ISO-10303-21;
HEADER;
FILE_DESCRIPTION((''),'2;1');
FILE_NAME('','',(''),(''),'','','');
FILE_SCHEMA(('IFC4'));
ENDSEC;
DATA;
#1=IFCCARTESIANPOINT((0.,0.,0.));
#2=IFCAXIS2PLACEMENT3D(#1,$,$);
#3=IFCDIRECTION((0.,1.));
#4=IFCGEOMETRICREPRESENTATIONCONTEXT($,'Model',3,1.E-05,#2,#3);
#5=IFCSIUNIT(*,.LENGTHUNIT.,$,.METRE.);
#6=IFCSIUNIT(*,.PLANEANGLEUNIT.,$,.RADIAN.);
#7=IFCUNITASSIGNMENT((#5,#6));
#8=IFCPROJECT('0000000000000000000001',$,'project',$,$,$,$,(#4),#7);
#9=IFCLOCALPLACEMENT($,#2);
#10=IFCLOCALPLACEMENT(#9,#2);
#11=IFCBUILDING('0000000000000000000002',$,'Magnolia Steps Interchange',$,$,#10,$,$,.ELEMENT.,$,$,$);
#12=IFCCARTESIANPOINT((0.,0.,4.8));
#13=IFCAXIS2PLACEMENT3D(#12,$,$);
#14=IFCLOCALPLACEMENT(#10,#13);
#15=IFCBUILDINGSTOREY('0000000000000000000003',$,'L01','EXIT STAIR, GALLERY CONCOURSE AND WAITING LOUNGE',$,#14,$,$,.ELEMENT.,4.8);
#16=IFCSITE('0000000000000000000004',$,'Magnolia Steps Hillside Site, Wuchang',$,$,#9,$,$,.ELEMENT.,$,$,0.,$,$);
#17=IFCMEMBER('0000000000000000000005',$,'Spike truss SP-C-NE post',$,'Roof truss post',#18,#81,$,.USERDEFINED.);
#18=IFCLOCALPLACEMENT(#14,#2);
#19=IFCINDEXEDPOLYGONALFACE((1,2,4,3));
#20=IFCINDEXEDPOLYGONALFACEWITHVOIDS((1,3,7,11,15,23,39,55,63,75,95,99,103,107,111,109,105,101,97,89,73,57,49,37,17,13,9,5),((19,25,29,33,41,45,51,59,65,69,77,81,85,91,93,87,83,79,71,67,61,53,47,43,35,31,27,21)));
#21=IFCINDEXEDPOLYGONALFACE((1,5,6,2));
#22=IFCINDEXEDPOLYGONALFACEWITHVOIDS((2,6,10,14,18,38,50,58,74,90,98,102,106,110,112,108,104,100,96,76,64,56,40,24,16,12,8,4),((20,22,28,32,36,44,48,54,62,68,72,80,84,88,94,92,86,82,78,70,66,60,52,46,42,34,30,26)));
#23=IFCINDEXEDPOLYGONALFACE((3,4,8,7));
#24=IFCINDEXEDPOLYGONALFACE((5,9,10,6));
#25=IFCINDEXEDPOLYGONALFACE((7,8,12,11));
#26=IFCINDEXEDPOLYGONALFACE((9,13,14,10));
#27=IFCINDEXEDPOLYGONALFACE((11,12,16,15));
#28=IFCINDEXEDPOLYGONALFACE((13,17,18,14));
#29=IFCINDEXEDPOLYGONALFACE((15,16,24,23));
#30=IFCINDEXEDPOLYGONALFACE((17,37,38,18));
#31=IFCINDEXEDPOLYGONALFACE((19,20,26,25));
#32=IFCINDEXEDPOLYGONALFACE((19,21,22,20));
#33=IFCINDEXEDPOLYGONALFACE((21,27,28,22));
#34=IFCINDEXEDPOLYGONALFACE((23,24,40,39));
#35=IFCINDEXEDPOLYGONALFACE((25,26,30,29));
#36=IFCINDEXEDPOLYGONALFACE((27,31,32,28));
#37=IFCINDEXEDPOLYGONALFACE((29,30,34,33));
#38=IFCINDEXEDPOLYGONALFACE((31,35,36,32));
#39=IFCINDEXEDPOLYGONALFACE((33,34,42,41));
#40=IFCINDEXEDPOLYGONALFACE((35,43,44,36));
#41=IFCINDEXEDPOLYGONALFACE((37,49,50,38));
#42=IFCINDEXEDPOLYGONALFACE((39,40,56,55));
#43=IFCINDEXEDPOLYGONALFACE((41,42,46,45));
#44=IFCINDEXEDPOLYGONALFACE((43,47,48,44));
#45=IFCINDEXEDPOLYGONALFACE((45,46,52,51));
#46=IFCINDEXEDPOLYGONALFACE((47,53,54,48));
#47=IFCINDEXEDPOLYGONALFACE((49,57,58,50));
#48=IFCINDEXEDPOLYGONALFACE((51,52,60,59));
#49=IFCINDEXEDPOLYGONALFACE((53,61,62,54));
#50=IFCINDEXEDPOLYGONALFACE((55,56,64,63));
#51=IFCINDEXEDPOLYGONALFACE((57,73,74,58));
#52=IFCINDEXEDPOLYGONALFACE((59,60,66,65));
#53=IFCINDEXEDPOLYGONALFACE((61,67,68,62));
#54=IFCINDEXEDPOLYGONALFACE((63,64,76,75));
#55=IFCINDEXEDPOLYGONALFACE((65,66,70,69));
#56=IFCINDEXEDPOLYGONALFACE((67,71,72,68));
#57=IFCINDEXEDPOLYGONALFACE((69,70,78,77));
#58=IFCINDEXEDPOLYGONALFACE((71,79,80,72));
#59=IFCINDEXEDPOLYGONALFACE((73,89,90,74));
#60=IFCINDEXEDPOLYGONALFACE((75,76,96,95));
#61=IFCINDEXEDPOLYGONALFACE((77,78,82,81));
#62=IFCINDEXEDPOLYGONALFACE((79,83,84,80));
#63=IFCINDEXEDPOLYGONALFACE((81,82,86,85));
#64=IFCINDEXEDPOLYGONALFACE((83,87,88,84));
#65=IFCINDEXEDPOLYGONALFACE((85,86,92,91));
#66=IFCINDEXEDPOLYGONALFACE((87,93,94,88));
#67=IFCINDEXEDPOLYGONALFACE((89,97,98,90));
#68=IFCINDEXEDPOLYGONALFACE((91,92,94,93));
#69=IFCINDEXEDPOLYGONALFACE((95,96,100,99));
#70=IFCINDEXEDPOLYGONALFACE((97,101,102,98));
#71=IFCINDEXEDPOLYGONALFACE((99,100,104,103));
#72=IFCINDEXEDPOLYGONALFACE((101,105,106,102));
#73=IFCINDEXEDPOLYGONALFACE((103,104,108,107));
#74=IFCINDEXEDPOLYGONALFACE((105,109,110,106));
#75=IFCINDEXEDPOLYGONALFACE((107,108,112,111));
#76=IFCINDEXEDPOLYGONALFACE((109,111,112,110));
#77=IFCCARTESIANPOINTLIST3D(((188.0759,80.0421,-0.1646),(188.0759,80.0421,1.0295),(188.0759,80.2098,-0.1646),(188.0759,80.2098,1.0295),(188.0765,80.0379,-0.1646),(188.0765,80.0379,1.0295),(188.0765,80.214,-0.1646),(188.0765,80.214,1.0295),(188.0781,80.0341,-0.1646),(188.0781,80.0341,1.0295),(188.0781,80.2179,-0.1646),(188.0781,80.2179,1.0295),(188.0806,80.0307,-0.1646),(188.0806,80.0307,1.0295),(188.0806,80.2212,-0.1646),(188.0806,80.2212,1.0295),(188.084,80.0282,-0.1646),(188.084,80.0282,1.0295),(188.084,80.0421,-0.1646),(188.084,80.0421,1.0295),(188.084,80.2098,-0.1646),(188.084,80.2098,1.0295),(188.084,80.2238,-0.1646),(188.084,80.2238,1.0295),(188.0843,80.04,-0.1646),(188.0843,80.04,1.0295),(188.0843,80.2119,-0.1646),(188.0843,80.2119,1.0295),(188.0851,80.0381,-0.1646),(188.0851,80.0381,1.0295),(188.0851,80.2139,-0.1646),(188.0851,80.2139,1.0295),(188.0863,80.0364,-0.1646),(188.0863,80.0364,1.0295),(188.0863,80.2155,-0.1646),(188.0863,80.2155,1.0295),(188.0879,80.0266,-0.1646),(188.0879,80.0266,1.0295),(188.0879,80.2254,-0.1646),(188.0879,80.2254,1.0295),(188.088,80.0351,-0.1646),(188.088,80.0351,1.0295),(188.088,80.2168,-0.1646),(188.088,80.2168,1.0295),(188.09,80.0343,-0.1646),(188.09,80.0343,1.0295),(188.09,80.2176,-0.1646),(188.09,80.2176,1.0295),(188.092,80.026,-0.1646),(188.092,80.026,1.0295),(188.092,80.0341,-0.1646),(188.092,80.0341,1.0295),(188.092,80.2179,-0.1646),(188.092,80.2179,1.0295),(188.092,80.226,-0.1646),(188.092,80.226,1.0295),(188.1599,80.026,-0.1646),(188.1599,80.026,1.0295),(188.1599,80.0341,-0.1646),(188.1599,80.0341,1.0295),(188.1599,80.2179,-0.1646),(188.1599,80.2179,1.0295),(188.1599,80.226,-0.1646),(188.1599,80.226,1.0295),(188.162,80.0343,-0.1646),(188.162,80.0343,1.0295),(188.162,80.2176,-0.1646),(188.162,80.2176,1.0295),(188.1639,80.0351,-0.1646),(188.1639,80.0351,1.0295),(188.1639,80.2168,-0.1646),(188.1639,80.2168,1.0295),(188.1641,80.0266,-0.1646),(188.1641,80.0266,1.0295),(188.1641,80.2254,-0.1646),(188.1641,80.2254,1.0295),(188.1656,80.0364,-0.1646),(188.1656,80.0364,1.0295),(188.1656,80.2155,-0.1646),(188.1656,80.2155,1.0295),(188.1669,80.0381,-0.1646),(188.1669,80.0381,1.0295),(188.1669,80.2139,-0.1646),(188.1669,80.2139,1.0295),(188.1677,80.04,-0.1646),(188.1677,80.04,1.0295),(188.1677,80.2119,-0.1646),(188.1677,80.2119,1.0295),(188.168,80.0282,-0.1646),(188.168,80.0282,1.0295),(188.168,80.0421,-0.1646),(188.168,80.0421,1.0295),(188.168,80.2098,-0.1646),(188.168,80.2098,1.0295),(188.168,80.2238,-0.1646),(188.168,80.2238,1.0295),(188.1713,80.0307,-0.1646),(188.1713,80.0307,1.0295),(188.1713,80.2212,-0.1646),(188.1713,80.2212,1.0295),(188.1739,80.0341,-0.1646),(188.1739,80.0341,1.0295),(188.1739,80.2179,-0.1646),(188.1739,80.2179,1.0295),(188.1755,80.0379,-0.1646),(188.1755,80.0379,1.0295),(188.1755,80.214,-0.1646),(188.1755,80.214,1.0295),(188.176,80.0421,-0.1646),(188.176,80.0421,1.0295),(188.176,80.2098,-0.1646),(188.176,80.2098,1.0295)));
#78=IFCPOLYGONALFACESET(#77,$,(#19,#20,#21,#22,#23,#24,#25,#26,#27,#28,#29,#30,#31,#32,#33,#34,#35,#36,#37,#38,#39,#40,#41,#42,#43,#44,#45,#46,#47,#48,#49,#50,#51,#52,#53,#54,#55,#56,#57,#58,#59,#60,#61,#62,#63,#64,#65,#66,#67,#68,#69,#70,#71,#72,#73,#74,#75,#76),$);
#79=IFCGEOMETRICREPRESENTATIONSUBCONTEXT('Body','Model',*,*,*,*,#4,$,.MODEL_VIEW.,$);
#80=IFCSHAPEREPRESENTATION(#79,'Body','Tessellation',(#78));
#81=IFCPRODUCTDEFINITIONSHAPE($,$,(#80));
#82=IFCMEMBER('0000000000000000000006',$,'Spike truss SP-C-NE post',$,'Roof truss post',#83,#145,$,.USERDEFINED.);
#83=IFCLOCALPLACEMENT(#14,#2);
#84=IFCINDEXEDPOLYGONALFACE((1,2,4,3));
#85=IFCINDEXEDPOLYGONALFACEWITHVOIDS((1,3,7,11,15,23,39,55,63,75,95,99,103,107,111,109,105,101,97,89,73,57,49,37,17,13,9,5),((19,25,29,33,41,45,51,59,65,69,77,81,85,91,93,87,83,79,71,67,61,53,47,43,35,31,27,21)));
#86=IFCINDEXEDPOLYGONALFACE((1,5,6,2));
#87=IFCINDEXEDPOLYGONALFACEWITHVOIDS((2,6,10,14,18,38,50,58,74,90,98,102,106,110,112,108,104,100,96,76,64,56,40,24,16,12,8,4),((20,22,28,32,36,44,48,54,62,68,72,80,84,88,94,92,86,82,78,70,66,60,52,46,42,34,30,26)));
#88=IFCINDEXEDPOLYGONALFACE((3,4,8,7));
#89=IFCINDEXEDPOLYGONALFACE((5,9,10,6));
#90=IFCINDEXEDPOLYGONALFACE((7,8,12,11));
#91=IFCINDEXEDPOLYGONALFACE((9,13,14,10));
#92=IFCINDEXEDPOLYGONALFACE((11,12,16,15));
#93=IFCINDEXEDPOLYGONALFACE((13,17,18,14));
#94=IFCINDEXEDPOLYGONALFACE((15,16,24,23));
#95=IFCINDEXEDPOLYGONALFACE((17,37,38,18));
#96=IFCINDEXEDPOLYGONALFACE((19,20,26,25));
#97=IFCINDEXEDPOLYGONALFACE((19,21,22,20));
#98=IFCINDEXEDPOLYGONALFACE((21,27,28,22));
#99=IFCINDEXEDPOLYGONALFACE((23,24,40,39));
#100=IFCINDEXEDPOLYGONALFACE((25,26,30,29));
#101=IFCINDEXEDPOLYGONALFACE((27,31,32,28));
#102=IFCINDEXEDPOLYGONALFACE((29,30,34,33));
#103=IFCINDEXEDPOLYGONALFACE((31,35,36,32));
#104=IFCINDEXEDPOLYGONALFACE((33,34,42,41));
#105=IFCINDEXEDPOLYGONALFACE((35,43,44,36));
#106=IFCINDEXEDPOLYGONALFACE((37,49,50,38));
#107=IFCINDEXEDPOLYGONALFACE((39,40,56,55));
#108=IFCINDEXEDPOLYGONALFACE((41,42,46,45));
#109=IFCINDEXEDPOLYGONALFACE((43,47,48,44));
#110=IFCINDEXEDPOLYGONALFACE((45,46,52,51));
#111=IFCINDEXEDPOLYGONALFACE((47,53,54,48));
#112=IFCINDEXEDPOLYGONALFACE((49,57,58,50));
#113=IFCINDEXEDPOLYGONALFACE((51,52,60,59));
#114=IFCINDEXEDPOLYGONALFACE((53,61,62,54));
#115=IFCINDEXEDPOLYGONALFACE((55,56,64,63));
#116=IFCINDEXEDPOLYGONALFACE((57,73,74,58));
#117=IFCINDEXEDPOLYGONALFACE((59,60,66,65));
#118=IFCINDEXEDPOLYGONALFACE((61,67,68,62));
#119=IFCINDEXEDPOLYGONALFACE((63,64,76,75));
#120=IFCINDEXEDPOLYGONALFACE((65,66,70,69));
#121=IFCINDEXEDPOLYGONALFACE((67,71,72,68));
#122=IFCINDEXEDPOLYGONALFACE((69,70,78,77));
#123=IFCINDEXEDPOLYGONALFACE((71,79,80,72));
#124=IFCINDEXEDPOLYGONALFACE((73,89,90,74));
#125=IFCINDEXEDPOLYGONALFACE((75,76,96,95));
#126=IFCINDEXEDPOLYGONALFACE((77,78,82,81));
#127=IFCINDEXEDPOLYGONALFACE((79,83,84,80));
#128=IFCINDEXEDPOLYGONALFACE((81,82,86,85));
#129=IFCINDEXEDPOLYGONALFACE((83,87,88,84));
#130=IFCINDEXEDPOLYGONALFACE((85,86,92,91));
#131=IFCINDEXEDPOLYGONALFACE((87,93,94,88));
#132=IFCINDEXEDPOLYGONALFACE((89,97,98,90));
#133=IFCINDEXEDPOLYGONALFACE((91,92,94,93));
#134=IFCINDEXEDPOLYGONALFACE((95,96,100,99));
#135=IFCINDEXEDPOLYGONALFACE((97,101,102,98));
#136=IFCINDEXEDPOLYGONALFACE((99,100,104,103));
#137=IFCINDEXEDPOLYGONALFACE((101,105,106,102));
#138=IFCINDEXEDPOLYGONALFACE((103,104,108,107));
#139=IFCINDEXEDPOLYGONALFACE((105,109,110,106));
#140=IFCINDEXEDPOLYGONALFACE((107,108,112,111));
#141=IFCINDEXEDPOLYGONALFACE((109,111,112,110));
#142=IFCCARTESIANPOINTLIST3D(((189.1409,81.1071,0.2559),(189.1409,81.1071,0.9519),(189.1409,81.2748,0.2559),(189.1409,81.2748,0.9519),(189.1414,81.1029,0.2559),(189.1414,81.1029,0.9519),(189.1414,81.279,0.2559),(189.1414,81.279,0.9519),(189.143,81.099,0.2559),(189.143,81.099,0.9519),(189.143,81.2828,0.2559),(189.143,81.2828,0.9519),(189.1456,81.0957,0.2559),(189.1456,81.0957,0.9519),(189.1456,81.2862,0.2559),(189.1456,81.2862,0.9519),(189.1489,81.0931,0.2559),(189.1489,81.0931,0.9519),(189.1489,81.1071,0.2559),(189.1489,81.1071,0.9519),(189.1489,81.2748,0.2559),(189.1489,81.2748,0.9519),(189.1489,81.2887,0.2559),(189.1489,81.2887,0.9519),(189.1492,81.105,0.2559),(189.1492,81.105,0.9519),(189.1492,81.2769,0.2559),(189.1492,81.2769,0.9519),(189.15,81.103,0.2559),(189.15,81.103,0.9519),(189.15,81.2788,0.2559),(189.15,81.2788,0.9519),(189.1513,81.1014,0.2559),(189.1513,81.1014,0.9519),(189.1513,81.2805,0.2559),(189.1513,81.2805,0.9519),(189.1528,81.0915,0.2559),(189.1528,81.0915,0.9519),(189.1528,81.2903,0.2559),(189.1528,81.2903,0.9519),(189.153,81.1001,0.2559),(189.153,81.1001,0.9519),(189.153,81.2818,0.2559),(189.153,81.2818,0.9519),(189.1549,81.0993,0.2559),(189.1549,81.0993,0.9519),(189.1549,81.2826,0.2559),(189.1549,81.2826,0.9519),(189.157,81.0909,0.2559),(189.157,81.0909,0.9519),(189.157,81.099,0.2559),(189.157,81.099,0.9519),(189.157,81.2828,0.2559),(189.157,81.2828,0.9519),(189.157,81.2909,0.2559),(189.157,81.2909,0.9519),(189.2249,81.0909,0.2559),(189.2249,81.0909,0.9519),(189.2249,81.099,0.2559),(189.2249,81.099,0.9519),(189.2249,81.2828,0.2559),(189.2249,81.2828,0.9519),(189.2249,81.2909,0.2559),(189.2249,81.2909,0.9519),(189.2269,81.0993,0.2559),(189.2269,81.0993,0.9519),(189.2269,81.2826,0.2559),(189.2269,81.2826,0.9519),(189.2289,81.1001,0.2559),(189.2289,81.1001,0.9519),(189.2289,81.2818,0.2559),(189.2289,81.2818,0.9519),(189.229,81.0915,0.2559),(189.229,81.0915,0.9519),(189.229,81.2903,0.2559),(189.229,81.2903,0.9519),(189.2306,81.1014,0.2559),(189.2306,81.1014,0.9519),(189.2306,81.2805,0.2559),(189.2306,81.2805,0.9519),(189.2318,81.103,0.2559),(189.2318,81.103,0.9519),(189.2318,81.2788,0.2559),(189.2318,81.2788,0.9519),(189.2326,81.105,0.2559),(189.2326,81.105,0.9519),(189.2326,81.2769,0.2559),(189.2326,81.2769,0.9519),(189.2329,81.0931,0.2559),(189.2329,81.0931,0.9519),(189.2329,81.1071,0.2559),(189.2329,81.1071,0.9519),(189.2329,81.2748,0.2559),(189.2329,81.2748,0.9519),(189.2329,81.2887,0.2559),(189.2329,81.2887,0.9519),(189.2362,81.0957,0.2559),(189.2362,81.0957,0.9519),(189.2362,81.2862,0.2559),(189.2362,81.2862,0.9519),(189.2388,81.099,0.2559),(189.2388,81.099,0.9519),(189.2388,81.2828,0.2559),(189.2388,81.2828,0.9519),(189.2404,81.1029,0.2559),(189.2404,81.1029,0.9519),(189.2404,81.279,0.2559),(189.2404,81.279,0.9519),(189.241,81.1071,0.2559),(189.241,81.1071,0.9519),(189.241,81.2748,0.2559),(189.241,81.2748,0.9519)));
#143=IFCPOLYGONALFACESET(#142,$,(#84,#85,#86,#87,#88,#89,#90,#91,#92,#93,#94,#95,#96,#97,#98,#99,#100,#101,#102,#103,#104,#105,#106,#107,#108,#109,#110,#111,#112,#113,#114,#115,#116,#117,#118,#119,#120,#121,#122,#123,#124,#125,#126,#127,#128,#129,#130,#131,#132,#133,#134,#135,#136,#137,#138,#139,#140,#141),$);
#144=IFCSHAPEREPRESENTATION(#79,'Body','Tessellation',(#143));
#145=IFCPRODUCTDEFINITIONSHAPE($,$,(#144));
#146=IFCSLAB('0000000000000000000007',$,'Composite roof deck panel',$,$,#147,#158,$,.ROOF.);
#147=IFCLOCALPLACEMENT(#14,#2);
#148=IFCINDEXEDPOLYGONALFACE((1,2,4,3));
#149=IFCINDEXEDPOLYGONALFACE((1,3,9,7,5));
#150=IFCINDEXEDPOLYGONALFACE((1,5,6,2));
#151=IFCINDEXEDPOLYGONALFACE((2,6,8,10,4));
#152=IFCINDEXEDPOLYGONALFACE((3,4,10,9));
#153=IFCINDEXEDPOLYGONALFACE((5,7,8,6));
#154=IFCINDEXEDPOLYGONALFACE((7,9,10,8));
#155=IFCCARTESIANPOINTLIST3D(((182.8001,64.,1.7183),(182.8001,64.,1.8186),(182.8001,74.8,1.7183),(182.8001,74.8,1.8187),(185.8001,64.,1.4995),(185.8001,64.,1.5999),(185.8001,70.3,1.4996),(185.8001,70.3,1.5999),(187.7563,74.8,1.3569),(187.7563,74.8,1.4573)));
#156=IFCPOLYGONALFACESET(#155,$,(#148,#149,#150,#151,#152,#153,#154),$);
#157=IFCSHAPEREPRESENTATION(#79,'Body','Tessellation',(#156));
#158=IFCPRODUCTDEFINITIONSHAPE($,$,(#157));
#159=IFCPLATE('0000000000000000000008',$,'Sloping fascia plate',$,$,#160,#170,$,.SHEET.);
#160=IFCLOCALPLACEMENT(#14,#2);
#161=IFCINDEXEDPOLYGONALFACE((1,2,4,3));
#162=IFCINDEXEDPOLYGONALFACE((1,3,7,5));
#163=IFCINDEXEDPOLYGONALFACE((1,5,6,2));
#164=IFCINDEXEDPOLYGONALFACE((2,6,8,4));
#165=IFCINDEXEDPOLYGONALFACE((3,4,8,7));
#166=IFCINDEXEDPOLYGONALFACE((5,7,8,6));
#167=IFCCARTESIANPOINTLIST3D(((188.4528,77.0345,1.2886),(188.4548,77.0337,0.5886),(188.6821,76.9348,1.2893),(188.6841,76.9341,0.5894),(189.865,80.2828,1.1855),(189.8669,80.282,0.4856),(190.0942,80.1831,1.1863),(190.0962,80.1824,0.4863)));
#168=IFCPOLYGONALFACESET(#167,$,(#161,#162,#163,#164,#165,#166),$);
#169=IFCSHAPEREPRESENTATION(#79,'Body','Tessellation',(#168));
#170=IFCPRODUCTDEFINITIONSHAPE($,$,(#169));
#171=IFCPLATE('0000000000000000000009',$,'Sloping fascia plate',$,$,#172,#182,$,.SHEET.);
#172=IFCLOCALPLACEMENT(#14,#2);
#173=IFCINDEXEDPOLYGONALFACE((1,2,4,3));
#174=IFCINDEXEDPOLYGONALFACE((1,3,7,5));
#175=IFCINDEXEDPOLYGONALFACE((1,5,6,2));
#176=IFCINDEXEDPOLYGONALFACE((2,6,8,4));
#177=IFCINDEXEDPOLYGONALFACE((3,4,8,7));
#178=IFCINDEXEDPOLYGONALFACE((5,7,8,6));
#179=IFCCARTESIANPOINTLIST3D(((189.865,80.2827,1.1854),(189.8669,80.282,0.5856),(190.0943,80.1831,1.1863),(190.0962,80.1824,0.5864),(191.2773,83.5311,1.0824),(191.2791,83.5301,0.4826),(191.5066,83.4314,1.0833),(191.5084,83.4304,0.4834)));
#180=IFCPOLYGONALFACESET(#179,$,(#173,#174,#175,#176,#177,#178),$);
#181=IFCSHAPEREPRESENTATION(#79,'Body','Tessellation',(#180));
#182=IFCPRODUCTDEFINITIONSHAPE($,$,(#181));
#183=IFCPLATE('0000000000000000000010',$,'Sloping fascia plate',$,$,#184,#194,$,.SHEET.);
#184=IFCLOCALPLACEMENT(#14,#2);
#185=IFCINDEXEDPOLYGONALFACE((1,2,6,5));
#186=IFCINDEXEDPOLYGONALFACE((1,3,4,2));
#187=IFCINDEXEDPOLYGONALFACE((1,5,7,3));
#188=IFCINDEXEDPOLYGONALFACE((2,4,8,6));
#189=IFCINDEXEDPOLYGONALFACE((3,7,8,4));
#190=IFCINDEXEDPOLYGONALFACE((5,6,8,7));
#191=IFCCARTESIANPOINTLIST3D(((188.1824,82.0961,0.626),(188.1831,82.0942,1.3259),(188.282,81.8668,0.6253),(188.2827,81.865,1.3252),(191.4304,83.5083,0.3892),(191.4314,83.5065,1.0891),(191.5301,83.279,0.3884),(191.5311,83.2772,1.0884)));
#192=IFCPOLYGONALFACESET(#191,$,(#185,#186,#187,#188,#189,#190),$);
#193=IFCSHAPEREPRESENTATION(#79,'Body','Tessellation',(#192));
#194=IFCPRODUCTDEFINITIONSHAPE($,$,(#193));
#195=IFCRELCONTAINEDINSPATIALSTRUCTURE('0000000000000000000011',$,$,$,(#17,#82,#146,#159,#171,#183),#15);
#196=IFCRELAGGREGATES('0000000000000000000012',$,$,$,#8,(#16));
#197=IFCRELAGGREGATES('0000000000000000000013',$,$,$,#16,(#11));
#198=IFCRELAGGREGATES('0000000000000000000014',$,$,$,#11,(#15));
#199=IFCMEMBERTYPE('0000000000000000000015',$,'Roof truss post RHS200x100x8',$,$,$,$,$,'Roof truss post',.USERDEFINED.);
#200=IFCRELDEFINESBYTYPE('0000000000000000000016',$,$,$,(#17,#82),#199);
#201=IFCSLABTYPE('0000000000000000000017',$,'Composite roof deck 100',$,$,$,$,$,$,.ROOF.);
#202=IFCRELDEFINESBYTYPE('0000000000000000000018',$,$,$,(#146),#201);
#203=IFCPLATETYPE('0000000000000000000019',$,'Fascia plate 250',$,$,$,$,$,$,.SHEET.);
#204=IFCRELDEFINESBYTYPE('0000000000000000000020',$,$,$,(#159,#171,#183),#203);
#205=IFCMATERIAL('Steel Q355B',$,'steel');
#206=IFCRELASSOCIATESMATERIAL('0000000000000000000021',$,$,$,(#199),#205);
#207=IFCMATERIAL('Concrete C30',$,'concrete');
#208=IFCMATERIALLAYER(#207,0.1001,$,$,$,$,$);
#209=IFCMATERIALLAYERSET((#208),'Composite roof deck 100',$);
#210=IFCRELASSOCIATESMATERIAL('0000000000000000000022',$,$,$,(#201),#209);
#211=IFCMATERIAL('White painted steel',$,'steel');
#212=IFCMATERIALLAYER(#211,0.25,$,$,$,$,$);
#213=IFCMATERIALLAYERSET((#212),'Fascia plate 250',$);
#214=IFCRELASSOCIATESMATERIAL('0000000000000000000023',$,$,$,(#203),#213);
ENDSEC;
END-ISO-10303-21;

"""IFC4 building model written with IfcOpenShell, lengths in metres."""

from ifc_helpers import new_model, si_unit, direction, frame, origin, origin_2d, place, context, subcontext, project, spatial, polyline, hollow_rectangle, outline, extrude, material, layer, layer_set, material_profile, profile_set, type_object, element, save


model = new_model("IFC4")

# Units and contexts
model_context = context("Model", 3, precision=1e-05, world=origin(), true_north=direction((0.0, 1.0)))
body_context = subcontext(model_context, "Body", "Model", "MODEL_VIEW")
ifc_project = project(units=[si_unit("LENGTHUNIT", "METRE"), si_unit("PLANEANGLEUNIT", "RADIAN")], contexts=[model_context])

# Site, building, storey
site_placement = place(None, origin())
site = spatial("IfcSite", under=ifc_project, at=site_placement, Name="Magnolia Steps Hillside Site, Wuchang", CompositionType="ELEMENT", RefElevation=0.0)
building_placement = place(site_placement, origin())
building = spatial("IfcBuilding", under=site, at=building_placement, Name="Magnolia Steps Interchange", CompositionType="ELEMENT")
storey_placement = place(building_placement, frame((0.0, 0.0, 4.8)))
storey = spatial("IfcBuildingStorey", under=building, at=storey_placement, Name="L01", Description="EXIT STAIR, GALLERY CONCOURSE AND WAITING LOUNGE", CompositionType="ELEMENT", Elevation=4.8)

# Members
ifc_material_1 = material(Name="Steel Q355B", Category="steel")
ifc_material_profile_1 = material_profile(ifc_material_1, hollow_rectangle(XDim=0.1001, YDim=0.2, WallThickness=0.0081, InnerFilletRadius=0.0081, OuterFilletRadius=0.0161, at=origin_2d()), Name="RHS200x100x8")
ifc_profile_set_1 = profile_set([ifc_material_profile_1], Name="Steel Q355B")
member_type_1 = type_object("IfcMemberType", Name="Roof truss post RHS200x100x8", ElementType="Roof truss post", PredefinedType="USERDEFINED", material=ifc_profile_set_1)
member_1_placement = place(storey_placement, frame((188.126, 80.126, -0.1646), z_axis=(0.0, 0.0, 1.0), x_axis=(1.0, 0.0, 0.0)))
element("IfcMember", 1, at=member_1_placement, inside=storey, type_object=member_type_1, Name="Spike truss SP-C-NE post", ObjectType="Roof truss post", PredefinedType="USERDEFINED", context=body_context, shape_type="SweptSolid", body=[
    extrude(hollow_rectangle(XDim=0.1001, YDim=0.2, WallThickness=0.0081, InnerFilletRadius=0.0081, OuterFilletRadius=0.0161, at=origin_2d()), origin(), (0.0, 0.0, 1.0), 1.1941),
])
member_2_placement = place(storey_placement, frame((189.1909, 81.1909, 0.2559), z_axis=(0.0, 0.0, 1.0), x_axis=(1.0, 0.0, 0.0)))
element("IfcMember", 2, at=member_2_placement, inside=storey, type_object=member_type_1, Name="Spike truss SP-C-NE post", ObjectType="Roof truss post", PredefinedType="USERDEFINED", context=body_context, shape_type="SweptSolid", body=[
    extrude(hollow_rectangle(XDim=0.1001, YDim=0.2, WallThickness=0.0081, InnerFilletRadius=0.0081, OuterFilletRadius=0.0161, at=origin_2d()), origin(), (0.0, 0.0, 1.0), 0.696),
])

# Slab
ifc_material_2 = material(Name="Concrete C30", Category="concrete")
ifc_layer_1 = layer(ifc_material_2, 0.1001)
ifc_layer_set_1 = layer_set([ifc_layer_1], Name="Composite roof deck 100")
slab_type = type_object("IfcSlabType", Name="Composite roof deck 100", PredefinedType="ROOF", material=ifc_layer_set_1)
slab_placement = place(storey_placement, frame((187.7563, 74.8, 1.4573), z_axis=(0.072719, -0.000003, 0.997352), x_axis=(-0.997352, 0.0, 0.072719)))
element("IfcSlab", 3, at=slab_placement, inside=storey, type_object=slab_type, Name="Composite roof deck panel", PredefinedType="ROOF", context=body_context, shape_type="SweptSolid", body=[
    extrude(outline(polyline([(0.0, 0.0), (4.9695, 0.0), (4.9695, 10.8), (1.9615, 10.8), (1.9615, 4.5), (0.0, 0.0)])), origin(), (-0.072719, 0.000003, -0.997352), 0.1003),
])

# Plates
ifc_material_3 = material(Name="White painted steel", Category="steel")
ifc_layer_2 = layer(ifc_material_3, 0.25)
ifc_layer_set_2 = layer_set([ifc_layer_2], Name="Fascia plate 250")
plate_type = type_object("IfcPlateType", Name="Fascia plate 250", PredefinedType="SHEET", material=ifc_layer_set_2)
plate_1_placement = place(storey_placement, frame((188.6841, 76.9341, 0.5894), z_axis=(0.91712, -0.3986, 0.002976), x_axis=(0.398512, 0.916702, -0.029075)))
element("IfcPlate", 4, at=plate_1_placement, inside=storey, type_object=plate_type, Name="Sloping fascia plate", PredefinedType="SHEET", context=body_context, shape_type="SweptSolid", body=[
    extrude(outline(polyline([(0.0, 0.0), (3.5435, 0.0), (3.523, 0.6997), (-0.0205, 0.6997), (0.0, 0.0)])), origin(), (0.0, 0.0, -1.0), 0.25),
])
plate_2_placement = place(storey_placement, frame((190.0962, 80.1824, 0.5864), z_axis=(0.917106, -0.39863, 0.003367), x_axis=(0.398554, 0.916684, -0.029077)))
element("IfcPlate", 5, at=plate_2_placement, inside=storey, type_object=plate_type, Name="Sloping fascia plate", PredefinedType="SHEET", context=body_context, shape_type="SweptSolid", body=[
    extrude(outline(polyline([(0.0, 0.0), (3.5432, 0.0), (3.526, 0.5996), (-0.0175, 0.5996), (0.0, 0.0)])), origin(), (0.0, 0.0, -1.0), 0.25),
])
plate_3_placement = place(storey_placement, frame((191.4304, 83.5083, 0.3892), z_axis=(-0.398544, 0.917145, 0.002886), x_axis=(-0.915028, -0.397834, 0.066716)))
element("IfcPlate", 6, at=plate_3_placement, inside=storey, type_object=plate_type, Name="Sloping fascia plate", PredefinedType="SHEET", context=body_context, shape_type="SweptSolid", body=[
    extrude(outline(polyline([(0.0, 0.0), (3.5496, 0.0), (3.5964, 0.6984), (0.0465, 0.6984), (0.0, 0.0)])), origin(), (0.0, 0.0, -1.0), 0.25),
])

save(model, "model.ifc")
